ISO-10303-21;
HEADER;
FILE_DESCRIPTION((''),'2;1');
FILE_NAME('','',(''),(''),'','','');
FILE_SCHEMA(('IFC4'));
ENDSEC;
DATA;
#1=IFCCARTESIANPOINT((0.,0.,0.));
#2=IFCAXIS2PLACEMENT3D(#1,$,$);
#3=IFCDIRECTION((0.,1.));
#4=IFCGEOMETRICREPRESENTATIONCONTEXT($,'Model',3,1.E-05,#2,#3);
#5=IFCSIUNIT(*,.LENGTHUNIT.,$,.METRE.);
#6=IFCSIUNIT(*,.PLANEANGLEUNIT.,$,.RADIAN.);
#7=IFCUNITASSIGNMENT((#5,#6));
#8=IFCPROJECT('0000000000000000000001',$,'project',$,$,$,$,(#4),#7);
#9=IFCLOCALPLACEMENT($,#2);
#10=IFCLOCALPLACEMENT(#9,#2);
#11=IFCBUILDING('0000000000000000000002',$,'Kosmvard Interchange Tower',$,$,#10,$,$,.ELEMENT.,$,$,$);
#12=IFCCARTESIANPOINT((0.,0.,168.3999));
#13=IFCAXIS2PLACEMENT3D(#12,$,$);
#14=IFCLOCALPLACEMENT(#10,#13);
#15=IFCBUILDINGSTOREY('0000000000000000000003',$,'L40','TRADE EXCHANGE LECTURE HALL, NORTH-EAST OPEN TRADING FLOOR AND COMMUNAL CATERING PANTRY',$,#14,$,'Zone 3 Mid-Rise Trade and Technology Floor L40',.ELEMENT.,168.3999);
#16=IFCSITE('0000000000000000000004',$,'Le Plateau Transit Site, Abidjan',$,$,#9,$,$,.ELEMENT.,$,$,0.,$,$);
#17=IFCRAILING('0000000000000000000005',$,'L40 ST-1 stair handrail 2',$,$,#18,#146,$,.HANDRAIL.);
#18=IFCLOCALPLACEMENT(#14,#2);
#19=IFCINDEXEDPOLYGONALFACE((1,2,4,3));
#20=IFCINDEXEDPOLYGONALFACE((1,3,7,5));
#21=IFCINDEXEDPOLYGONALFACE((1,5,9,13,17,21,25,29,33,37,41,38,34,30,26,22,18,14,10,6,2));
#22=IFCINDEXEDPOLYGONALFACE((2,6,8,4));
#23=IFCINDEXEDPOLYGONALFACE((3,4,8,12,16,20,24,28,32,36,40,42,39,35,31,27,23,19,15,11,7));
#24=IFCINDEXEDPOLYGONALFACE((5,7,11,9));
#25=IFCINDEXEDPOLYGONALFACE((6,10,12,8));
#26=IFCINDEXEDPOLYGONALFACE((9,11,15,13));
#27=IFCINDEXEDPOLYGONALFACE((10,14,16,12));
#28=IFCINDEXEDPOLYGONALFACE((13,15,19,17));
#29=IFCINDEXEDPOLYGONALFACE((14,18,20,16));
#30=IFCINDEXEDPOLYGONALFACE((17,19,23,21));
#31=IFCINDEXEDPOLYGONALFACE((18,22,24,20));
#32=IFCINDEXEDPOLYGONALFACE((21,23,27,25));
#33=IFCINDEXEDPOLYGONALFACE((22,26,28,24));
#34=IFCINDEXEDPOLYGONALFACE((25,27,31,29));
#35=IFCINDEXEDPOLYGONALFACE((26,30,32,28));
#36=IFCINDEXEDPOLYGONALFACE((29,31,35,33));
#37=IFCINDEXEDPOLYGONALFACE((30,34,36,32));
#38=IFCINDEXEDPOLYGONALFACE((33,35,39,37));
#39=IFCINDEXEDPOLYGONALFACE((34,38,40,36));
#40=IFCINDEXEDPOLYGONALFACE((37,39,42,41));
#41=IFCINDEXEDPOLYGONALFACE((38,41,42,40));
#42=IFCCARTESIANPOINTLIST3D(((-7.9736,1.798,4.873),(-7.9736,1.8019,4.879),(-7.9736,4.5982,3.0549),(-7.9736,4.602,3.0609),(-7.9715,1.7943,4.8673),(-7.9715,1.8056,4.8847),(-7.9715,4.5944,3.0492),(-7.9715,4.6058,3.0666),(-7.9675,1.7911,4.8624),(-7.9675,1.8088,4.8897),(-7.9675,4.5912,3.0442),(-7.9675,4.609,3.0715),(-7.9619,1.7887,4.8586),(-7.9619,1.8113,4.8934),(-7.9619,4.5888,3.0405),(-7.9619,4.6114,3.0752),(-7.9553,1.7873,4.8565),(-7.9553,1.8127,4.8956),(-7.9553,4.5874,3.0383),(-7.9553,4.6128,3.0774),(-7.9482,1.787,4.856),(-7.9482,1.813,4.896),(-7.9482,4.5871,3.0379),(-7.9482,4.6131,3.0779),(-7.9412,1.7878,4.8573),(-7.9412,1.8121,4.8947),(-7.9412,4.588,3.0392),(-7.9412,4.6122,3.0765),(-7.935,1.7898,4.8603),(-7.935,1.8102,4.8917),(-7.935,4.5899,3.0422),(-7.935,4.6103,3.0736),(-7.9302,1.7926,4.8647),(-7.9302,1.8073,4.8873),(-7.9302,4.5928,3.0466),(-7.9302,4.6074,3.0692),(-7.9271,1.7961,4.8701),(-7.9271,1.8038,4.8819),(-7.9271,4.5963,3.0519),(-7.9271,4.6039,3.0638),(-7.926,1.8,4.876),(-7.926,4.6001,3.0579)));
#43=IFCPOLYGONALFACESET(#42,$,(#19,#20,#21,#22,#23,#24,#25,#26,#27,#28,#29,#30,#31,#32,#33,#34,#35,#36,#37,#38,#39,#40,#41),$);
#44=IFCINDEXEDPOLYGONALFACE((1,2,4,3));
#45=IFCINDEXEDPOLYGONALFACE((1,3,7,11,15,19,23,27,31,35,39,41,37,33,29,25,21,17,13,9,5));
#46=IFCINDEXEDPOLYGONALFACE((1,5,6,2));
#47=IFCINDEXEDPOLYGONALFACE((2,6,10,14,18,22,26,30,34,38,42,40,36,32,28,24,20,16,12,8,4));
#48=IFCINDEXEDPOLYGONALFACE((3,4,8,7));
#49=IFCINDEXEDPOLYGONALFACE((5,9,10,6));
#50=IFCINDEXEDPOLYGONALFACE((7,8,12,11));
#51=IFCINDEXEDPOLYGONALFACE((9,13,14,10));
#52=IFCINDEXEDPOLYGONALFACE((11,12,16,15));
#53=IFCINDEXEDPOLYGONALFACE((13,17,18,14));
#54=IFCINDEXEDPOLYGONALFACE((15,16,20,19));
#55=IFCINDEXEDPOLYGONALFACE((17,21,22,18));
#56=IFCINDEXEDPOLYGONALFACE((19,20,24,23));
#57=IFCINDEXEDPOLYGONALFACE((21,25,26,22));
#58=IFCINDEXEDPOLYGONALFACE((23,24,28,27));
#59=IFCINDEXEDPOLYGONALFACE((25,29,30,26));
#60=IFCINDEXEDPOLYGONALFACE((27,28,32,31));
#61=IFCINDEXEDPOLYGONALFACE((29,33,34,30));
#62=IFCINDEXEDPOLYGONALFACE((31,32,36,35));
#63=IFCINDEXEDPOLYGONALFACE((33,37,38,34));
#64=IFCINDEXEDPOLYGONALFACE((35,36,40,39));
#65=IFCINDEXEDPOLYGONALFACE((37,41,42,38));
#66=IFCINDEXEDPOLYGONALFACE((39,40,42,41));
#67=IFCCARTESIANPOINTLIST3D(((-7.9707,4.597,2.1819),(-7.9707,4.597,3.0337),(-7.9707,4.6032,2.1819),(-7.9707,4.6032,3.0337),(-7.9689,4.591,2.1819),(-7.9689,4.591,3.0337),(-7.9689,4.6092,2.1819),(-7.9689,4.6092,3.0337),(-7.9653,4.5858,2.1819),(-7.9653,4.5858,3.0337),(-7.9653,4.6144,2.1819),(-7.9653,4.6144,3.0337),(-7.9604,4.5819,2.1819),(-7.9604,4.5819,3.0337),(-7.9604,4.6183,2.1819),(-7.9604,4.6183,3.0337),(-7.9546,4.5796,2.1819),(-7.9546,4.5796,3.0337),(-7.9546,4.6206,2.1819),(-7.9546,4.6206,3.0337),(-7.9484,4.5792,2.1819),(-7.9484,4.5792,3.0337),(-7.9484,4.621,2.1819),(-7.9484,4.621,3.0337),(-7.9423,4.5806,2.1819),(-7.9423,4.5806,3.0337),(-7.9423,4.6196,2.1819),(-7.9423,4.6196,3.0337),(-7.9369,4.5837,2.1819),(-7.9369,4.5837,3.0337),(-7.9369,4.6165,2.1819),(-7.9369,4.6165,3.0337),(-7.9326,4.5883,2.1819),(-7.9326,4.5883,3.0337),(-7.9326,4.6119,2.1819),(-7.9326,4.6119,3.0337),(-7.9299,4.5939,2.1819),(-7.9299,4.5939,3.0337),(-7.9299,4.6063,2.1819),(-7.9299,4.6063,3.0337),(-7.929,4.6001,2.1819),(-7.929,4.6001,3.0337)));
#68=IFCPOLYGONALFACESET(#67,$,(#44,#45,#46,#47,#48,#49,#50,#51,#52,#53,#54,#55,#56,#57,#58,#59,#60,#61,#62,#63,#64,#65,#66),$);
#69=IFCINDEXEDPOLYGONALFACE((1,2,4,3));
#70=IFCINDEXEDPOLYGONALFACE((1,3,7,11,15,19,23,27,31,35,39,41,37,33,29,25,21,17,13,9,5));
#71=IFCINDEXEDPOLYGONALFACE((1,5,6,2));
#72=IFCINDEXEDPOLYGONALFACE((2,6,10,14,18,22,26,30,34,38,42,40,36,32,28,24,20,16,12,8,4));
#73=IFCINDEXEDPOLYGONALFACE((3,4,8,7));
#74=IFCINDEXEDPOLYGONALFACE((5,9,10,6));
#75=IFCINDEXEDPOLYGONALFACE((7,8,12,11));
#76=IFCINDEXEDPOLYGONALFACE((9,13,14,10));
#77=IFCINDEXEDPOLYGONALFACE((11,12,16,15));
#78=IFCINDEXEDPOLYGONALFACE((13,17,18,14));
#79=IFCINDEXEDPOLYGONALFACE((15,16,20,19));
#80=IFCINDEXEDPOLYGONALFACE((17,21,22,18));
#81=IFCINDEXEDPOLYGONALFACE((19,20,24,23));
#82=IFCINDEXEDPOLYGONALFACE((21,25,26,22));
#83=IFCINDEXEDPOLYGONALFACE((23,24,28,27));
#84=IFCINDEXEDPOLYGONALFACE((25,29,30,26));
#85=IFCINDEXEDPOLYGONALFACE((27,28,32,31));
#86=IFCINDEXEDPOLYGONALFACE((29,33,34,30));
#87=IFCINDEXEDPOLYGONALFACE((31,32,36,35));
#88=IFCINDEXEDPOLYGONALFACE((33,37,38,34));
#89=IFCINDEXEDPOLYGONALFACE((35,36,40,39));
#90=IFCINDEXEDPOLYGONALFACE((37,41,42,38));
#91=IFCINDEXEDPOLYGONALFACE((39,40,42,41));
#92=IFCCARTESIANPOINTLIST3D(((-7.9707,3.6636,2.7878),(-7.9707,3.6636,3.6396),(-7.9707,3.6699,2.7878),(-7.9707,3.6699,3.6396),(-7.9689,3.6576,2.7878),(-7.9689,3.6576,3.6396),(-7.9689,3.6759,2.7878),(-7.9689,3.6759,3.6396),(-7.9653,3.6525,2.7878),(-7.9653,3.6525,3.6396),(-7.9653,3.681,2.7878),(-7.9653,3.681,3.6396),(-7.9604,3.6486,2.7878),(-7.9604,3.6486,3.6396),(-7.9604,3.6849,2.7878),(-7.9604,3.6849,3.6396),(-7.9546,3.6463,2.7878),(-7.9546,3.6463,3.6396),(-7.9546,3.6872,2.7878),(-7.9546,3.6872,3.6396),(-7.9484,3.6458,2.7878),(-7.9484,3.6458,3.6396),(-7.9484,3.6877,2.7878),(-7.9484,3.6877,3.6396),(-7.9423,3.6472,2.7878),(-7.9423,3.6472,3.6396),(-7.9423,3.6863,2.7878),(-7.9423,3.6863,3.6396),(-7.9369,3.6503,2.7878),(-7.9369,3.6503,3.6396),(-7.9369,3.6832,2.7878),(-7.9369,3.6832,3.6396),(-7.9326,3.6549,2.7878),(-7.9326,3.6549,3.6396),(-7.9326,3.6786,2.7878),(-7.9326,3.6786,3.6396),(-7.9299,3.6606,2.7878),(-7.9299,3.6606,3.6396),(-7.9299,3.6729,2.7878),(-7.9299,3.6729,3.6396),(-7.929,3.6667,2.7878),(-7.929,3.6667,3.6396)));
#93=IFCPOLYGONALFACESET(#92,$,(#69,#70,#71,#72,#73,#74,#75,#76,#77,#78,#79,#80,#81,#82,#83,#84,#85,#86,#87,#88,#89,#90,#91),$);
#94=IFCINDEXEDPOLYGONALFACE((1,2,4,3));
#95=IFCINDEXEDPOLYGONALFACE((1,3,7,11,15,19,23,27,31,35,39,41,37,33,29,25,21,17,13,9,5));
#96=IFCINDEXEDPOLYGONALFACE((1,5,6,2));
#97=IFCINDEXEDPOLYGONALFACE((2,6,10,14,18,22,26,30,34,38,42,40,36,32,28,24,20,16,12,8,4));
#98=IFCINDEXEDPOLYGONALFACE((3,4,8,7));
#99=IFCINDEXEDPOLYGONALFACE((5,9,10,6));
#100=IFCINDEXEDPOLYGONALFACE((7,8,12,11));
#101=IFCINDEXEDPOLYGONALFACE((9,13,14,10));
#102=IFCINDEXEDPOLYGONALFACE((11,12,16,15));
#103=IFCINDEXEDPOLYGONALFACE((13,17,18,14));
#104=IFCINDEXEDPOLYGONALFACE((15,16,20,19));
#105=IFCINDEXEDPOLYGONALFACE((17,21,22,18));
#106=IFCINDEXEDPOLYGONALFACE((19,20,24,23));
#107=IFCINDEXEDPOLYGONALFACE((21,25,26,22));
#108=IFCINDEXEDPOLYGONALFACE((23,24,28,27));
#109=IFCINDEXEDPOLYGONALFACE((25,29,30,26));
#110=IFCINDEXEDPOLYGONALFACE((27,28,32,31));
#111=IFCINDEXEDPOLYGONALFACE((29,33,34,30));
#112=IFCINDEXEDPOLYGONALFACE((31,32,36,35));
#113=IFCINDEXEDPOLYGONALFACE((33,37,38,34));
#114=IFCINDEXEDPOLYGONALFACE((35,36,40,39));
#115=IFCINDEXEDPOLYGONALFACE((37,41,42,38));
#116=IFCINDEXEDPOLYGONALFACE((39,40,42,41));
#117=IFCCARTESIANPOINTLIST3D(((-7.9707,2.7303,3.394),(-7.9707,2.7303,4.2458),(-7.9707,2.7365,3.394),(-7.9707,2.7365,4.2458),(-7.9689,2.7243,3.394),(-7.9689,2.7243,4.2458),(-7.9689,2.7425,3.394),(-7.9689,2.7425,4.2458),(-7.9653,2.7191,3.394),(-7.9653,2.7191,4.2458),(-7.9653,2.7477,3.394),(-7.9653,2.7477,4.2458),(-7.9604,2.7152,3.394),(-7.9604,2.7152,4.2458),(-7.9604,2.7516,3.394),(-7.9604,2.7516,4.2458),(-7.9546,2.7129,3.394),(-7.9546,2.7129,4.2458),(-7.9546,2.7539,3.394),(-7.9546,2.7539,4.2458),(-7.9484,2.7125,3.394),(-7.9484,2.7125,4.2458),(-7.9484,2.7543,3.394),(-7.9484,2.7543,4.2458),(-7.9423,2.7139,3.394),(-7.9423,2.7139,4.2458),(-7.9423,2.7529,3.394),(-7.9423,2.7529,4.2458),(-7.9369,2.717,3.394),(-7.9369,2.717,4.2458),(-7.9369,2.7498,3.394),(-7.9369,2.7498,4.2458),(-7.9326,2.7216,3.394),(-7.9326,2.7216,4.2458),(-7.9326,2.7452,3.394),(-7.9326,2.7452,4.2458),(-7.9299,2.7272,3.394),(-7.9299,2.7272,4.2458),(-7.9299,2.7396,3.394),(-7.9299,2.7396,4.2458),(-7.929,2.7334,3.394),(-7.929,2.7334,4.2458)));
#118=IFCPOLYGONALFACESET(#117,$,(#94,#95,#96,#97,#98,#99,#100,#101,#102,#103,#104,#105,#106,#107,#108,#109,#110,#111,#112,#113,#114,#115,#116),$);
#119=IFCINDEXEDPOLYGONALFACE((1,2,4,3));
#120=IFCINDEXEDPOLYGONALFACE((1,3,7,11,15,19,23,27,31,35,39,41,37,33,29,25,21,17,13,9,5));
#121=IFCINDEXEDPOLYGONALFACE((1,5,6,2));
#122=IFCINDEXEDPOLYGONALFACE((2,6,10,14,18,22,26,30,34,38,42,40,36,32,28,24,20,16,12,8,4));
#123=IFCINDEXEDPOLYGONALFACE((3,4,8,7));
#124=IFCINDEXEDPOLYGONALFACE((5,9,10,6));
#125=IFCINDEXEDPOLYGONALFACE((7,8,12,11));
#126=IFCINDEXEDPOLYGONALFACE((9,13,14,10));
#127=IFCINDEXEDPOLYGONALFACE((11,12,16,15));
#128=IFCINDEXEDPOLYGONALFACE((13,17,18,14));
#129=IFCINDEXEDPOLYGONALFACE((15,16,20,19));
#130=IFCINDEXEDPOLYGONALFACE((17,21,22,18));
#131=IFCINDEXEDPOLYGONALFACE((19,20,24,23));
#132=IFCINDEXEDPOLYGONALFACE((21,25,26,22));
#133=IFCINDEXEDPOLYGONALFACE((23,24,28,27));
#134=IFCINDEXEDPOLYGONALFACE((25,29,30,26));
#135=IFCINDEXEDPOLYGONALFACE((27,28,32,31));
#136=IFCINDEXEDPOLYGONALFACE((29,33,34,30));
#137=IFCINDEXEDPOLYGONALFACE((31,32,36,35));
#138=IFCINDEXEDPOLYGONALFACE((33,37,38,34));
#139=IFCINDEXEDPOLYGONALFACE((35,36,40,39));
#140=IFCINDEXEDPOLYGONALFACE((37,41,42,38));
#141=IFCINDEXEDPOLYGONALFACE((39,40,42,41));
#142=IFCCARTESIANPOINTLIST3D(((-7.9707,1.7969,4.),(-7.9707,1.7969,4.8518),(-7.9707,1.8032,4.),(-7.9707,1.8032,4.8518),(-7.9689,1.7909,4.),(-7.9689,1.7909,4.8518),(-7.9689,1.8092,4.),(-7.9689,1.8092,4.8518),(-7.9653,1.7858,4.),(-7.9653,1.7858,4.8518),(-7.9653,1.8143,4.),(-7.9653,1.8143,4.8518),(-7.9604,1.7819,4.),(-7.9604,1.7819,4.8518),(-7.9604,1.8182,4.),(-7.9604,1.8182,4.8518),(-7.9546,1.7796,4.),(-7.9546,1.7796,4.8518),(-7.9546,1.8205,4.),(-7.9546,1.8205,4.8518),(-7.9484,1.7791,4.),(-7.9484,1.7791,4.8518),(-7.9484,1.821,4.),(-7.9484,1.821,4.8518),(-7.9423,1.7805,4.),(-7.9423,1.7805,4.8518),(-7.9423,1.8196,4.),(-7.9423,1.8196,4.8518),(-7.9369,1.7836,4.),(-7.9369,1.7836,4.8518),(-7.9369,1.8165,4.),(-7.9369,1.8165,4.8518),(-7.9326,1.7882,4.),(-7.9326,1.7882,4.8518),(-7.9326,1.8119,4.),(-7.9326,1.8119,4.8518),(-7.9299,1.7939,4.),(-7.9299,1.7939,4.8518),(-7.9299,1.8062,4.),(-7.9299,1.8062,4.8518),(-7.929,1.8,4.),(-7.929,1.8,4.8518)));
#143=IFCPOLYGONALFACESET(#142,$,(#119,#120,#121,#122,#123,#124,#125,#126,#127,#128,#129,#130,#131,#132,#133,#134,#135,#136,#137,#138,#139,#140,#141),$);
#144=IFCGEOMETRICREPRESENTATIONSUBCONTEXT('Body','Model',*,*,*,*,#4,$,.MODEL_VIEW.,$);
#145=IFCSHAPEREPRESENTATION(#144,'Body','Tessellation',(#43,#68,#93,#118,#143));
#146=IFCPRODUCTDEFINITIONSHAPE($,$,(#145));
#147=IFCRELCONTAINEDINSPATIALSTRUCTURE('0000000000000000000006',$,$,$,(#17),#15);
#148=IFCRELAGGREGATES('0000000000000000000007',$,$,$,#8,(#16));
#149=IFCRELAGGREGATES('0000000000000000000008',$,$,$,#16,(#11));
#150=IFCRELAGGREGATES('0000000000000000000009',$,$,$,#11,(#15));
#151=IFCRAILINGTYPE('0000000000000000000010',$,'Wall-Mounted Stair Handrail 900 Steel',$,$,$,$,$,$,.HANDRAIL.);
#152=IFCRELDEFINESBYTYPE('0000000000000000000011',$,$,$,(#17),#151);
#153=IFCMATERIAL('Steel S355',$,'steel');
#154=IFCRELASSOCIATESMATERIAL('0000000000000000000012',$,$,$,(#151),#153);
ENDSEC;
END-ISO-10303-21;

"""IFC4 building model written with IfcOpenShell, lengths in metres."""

from ifc_helpers import new_model, si_unit, direction, frame, origin, origin_2d, place, context, subcontext, project, spatial, circle, extrude, source, transform, mapped, material, type_object, element, save


model = new_model("IFC4")

# Units and contexts
model_context = context("Model", 3, precision=1e-05, world=origin(), true_north=direction((0.0, 1.0)))
body_context = subcontext(model_context, "Body", "Model", "MODEL_VIEW")
ifc_project = project(units=[si_unit("LENGTHUNIT", "METRE"), si_unit("PLANEANGLEUNIT", "RADIAN")], contexts=[model_context])

# Site, building, storey
site_placement = place(None, origin())
site = spatial("IfcSite", under=ifc_project, at=site_placement, Name="Le Plateau Transit Site, Abidjan", CompositionType="ELEMENT", RefElevation=0.0)
building_placement = place(site_placement, origin())
building = spatial("IfcBuilding", under=site, at=building_placement, Name="Kosmvard Interchange Tower", CompositionType="ELEMENT")
storey_placement = place(building_placement, frame((0.0, 0.0, 168.3999)))
storey = spatial("IfcBuildingStorey", under=building, at=storey_placement, Name="L40", Description="TRADE EXCHANGE LECTURE HALL, NORTH-EAST OPEN TRADING FLOOR AND COMMUNAL CATERING PANTRY", LongName="Zone 3 Mid-Rise Trade and Technology Floor L40", CompositionType="ELEMENT", Elevation=168.3999)

# Shared definitions
ifc_material_1 = material(Name="Steel S355", Category="steel")

# Railing
railing_type_1 = type_object("IfcRailingType", Name="Wall-Mounted Stair Handrail 900 Steel", PredefinedType="HANDRAIL", material=ifc_material_1)
shared_shape_1 = source(origin(), body_context, "Body", "SweptSolid", [
    extrude(circle(Radius=0.0239, at=origin_2d()), frame((0.0, 0.0, 0.876), z_axis=(0.0, -0.838706, 0.544585), x_axis=(1.0, 0.0, 0.0)), (0.0, 0.0, 1.0), 3.3386),
    extrude(circle(Radius=0.021, at=origin_2d()), origin(), (0.0, 0.0, 1.0), 0.8518),
    extrude(circle(Radius=0.021, at=origin_2d()), frame((0.0, -0.9333, 0.606)), (0.0, 0.0, 1.0), 0.8518),
    extrude(circle(Radius=0.021, at=origin_2d()), frame((0.0, -1.8667, 1.2122)), (0.0, 0.0, 1.0), 0.8518),
    extrude(circle(Radius=0.021, at=origin_2d()), frame((0.0, -2.8, 1.8181)), (0.0, 0.0, 1.0), 0.8518),
])
railing_1_placement = place(storey_placement, frame((-7.95, 4.6001, 2.1819)))
element("IfcRailing", 1, at=railing_1_placement, inside=storey, type_object=railing_type_1, Name="L40 ST-1 stair handrail 2", PredefinedType="HANDRAIL", context=body_context, shape_type="MappedRepresentation", body=[
    mapped(shared_shape_1, transform((0.0, 0.0, 0.0), scale=1.0)),
])

save(model, "model.ifc")
